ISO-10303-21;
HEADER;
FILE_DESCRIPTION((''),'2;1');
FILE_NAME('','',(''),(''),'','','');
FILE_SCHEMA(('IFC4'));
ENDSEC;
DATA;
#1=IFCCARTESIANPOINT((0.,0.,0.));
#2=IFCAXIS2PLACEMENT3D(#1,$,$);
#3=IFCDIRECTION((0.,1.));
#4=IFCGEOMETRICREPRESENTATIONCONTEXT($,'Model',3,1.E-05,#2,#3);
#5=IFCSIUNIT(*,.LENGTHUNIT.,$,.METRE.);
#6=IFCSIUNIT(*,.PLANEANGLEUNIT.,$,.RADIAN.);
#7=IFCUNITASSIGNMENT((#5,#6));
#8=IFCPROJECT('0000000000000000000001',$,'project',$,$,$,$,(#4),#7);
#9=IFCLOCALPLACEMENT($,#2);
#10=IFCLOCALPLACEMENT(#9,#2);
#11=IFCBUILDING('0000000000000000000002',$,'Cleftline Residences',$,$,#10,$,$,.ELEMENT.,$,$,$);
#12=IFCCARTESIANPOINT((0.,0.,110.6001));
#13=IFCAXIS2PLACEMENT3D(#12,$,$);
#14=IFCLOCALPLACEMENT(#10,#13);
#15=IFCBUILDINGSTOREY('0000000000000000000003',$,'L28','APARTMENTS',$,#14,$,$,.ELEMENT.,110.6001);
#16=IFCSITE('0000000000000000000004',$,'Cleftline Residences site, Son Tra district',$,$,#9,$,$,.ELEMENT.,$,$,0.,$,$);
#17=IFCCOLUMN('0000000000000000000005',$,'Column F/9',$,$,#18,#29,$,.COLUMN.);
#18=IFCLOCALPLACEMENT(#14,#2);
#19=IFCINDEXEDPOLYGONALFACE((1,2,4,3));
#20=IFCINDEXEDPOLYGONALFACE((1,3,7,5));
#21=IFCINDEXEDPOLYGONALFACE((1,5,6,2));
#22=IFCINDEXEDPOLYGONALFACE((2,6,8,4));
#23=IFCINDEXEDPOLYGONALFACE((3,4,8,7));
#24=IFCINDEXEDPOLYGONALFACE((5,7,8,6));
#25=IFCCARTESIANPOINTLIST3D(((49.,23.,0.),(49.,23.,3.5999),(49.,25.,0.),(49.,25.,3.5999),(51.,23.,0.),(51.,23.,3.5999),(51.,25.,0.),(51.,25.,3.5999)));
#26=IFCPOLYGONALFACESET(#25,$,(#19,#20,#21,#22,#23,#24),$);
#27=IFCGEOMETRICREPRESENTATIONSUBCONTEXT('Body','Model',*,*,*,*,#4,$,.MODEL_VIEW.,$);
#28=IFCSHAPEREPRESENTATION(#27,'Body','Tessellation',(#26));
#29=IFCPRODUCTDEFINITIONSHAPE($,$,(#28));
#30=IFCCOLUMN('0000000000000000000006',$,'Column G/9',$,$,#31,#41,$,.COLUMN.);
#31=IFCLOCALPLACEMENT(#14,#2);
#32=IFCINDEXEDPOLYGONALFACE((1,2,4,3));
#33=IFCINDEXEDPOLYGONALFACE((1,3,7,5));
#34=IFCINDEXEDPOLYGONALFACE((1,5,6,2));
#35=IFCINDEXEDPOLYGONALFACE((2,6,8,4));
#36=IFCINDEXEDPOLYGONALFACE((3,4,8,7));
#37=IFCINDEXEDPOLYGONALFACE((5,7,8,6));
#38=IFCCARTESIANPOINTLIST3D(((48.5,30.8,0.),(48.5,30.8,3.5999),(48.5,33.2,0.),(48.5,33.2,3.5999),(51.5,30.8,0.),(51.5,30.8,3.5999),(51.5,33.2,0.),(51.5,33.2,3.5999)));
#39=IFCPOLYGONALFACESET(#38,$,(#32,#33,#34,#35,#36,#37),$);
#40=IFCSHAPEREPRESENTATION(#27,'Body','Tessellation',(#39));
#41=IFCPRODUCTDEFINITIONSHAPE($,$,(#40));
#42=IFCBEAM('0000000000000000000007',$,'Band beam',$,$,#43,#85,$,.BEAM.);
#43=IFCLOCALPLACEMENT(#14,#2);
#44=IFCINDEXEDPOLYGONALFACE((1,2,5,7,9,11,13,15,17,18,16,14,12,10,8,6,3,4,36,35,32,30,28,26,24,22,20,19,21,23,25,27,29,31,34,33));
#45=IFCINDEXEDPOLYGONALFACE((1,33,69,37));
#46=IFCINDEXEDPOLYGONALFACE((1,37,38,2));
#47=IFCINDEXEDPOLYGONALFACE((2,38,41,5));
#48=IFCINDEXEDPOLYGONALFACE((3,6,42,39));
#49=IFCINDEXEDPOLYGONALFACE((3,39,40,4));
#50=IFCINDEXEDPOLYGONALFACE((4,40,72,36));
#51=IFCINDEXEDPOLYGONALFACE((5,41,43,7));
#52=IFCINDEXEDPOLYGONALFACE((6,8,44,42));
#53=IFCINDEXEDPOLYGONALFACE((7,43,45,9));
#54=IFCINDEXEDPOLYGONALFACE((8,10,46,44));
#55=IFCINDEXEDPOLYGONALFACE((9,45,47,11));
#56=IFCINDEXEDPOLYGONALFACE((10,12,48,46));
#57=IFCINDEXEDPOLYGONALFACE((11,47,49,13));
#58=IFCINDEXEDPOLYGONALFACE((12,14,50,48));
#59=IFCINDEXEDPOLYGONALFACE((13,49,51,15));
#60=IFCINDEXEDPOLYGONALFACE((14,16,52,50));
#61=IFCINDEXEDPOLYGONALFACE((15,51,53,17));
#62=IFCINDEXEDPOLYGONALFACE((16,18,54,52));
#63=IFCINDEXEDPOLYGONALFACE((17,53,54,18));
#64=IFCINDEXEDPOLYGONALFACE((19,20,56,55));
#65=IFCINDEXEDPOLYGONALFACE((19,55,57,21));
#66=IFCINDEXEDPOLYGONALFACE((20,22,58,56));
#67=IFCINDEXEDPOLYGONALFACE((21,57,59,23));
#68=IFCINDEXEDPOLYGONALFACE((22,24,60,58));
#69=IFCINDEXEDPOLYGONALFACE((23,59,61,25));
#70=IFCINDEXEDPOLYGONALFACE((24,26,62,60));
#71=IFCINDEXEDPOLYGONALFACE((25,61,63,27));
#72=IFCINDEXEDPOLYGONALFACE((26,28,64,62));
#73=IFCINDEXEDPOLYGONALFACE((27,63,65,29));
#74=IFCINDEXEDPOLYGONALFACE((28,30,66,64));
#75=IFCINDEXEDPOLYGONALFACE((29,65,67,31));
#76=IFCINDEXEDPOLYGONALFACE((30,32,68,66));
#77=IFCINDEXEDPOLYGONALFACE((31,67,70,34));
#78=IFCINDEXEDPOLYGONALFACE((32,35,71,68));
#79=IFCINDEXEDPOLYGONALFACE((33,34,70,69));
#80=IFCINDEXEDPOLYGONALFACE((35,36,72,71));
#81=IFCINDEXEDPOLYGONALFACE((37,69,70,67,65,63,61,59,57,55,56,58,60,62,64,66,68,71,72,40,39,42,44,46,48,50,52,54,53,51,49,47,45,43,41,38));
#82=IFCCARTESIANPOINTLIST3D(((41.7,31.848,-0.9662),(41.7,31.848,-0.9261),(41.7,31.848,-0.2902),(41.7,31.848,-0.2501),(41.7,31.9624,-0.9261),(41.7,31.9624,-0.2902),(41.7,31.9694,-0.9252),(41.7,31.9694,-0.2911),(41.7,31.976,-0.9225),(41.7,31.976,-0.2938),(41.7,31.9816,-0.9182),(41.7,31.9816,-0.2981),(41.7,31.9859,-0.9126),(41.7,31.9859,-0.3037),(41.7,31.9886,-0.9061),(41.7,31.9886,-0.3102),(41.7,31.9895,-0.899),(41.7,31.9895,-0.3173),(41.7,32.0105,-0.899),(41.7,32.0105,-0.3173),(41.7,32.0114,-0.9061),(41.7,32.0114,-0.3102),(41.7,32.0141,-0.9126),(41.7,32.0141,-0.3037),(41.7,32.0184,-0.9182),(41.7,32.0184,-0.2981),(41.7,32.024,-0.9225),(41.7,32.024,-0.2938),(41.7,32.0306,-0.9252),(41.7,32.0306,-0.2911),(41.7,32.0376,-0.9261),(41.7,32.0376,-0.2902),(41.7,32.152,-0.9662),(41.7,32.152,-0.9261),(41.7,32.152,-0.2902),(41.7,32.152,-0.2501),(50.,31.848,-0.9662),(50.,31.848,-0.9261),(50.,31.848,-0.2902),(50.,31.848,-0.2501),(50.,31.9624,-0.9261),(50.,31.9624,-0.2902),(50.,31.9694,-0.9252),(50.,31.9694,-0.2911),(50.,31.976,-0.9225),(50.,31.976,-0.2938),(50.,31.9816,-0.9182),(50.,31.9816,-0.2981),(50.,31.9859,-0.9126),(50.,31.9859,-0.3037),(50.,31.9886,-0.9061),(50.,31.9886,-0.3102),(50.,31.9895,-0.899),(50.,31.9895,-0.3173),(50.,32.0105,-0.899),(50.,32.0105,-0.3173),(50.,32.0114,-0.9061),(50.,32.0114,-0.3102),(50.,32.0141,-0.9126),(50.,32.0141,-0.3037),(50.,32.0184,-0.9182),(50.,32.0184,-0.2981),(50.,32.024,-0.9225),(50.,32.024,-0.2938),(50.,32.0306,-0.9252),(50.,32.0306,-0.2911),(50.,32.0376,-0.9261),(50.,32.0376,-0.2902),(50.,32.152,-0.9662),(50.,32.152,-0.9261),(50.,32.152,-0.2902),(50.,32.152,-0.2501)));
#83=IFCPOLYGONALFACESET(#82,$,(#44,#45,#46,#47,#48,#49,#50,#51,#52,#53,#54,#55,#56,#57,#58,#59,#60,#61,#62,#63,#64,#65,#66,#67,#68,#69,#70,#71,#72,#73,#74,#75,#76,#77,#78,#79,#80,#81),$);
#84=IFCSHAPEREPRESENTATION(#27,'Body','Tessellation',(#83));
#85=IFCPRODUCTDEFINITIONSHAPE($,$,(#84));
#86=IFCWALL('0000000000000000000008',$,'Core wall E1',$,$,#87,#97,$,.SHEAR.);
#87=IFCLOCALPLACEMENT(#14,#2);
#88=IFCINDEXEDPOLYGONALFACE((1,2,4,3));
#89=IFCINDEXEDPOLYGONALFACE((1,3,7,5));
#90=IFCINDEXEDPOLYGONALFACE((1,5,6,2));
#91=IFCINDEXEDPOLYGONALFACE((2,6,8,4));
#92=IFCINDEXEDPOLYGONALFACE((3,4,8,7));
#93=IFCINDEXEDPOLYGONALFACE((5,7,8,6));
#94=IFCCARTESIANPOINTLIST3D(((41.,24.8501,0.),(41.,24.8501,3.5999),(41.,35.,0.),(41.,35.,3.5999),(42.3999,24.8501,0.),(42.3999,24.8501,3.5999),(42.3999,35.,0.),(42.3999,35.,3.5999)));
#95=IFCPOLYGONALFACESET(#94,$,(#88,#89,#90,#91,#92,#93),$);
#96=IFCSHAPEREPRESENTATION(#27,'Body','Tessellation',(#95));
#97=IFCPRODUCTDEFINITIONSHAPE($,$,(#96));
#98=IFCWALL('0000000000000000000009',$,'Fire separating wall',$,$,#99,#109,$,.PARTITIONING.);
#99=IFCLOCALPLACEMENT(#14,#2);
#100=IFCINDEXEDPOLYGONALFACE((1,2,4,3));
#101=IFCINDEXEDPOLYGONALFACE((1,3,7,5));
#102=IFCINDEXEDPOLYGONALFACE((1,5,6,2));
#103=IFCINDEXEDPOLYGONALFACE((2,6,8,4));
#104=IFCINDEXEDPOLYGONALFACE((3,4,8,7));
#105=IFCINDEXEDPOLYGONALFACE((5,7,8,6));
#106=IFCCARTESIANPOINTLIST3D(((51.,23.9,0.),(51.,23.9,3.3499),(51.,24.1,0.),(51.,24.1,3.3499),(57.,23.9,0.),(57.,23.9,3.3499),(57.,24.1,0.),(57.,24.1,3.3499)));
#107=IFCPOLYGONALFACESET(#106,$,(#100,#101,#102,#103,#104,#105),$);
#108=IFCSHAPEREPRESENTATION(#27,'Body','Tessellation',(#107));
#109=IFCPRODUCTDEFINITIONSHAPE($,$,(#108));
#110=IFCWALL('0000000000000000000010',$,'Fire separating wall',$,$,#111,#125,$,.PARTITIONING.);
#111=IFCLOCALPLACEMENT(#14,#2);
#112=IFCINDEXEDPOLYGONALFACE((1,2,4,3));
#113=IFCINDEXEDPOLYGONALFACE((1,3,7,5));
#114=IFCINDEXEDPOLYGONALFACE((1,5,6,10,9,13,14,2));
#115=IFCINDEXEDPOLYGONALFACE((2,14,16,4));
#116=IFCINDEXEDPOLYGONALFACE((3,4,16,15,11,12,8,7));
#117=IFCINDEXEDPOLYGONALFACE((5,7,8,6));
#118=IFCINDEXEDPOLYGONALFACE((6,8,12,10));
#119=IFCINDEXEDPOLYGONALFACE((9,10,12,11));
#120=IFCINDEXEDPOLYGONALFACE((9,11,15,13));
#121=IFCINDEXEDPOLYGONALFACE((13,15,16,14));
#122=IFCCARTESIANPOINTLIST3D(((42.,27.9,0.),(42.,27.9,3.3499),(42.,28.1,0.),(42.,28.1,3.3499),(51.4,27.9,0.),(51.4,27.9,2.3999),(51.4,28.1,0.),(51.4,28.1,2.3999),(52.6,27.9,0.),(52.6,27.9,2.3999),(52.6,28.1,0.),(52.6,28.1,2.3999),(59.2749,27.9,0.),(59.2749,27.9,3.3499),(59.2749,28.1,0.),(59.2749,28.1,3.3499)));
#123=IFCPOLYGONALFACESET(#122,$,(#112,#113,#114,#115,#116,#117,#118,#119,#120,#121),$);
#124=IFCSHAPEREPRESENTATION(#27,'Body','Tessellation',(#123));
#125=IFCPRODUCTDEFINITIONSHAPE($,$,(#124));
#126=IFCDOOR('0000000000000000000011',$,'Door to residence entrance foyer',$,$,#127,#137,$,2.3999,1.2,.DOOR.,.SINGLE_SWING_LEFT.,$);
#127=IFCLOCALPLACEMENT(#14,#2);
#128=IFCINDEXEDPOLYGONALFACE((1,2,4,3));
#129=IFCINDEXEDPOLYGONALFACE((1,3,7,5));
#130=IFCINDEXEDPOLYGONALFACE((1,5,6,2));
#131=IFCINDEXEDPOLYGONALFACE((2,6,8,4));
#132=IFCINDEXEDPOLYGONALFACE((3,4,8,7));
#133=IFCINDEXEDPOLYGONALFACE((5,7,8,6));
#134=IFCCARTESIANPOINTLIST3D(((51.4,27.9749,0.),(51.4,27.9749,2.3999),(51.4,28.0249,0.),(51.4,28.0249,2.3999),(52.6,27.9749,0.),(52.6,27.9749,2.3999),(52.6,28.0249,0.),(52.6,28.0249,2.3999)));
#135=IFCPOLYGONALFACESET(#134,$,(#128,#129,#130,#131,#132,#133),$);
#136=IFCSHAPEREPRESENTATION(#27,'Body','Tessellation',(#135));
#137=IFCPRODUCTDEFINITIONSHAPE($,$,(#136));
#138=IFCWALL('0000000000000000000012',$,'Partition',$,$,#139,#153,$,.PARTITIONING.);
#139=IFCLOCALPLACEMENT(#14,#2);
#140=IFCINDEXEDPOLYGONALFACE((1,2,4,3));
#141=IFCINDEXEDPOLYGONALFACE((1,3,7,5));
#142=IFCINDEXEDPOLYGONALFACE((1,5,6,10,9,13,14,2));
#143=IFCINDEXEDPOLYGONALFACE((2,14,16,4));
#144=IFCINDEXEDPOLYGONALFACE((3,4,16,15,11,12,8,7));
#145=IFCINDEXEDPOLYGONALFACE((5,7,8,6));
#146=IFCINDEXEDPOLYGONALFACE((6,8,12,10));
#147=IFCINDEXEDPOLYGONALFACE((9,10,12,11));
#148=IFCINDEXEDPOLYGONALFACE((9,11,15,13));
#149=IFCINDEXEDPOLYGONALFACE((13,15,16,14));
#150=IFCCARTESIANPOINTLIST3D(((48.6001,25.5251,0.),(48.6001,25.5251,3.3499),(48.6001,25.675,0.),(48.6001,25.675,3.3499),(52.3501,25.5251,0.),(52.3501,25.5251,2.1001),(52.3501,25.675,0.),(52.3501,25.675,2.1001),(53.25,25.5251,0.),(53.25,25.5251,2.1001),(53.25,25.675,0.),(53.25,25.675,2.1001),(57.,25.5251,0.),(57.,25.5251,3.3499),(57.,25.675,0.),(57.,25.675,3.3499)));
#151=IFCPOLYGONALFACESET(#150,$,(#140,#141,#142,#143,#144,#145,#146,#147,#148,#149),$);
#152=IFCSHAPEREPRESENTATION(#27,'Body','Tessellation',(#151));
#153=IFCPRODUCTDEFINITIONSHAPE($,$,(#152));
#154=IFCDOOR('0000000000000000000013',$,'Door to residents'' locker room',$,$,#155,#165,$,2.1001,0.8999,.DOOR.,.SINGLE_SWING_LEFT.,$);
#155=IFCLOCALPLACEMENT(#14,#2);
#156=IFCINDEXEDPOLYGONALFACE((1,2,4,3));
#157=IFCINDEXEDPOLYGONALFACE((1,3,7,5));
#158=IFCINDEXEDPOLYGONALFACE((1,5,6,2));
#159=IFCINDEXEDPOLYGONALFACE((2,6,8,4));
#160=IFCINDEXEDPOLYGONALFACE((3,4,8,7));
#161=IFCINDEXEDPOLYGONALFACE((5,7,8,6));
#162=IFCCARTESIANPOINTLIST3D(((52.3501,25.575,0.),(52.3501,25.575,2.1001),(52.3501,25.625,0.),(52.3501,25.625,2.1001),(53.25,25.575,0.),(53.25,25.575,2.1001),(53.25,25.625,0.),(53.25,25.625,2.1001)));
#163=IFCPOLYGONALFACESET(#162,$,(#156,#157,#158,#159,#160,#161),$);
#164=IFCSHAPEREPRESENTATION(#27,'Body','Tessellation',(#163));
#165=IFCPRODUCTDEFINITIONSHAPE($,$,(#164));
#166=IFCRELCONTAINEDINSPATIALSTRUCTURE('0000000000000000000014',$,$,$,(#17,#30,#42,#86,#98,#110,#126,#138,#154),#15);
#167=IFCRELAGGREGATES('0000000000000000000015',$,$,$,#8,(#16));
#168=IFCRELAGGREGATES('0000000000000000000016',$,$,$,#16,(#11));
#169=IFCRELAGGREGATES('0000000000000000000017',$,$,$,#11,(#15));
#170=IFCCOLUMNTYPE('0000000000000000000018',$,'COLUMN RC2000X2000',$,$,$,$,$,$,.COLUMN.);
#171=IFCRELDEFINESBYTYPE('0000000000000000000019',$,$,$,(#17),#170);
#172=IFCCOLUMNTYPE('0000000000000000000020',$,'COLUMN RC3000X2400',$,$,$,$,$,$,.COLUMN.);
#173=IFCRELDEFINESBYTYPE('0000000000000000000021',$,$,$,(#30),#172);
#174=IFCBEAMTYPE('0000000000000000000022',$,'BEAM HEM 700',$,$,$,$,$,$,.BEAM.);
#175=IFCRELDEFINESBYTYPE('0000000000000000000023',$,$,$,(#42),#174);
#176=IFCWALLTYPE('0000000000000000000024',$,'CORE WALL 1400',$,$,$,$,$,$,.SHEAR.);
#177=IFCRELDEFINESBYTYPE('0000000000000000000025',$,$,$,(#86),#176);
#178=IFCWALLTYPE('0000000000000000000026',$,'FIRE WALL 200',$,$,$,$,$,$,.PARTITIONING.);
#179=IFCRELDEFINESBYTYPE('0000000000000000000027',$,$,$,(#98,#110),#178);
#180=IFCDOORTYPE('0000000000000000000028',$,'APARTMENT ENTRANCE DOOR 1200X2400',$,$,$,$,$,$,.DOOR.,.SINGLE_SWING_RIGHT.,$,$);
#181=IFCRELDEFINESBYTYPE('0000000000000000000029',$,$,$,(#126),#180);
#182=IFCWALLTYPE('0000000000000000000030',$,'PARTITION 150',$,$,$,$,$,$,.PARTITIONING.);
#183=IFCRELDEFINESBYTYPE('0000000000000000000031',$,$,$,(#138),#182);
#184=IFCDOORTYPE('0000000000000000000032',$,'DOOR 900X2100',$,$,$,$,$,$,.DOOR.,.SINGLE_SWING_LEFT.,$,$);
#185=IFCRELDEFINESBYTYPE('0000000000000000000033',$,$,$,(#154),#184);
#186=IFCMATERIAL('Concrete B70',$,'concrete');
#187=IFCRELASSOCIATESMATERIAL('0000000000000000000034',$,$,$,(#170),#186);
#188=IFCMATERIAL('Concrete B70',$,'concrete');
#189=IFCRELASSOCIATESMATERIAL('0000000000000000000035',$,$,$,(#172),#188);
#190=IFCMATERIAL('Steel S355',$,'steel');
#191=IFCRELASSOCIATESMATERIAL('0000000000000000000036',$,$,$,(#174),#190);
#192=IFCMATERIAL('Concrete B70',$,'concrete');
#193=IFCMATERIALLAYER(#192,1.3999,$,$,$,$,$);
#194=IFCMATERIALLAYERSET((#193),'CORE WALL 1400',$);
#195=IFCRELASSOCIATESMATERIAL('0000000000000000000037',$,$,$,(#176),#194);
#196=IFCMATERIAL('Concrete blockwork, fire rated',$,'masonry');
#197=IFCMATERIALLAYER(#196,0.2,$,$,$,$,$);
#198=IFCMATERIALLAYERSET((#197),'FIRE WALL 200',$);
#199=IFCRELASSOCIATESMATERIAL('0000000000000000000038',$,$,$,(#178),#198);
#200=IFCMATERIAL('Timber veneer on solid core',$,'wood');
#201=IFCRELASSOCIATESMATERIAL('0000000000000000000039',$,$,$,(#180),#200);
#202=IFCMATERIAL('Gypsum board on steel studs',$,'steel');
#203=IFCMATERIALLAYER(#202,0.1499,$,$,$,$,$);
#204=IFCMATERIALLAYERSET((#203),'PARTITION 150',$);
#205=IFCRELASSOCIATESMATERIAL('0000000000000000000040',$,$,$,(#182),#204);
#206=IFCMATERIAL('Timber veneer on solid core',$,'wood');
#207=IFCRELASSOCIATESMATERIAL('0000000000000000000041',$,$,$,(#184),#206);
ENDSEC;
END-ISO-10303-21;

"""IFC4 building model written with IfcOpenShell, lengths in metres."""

from ifc_helpers import new_model, si_unit, direction, frame, frame_2d, origin, origin_2d, place, context, subcontext, project, spatial, rectangle, i_section, extrude, material, layer, layer_set, material_profile, profile_set, type_object, element, fill, save


model = new_model("IFC4")

# Units and contexts
model_context = context("Model", 3, precision=1e-05, world=origin(), true_north=direction((0.0, 1.0)))
body_context = subcontext(model_context, "Body", "Model", "MODEL_VIEW")
ifc_project = project(units=[si_unit("LENGTHUNIT", "METRE"), si_unit("PLANEANGLEUNIT", "RADIAN")], contexts=[model_context])

# Site, building, storey
site_placement = place(None, origin())
site = spatial("IfcSite", under=ifc_project, at=site_placement, Name="Cleftline Residences site, Son Tra district", CompositionType="ELEMENT", RefElevation=0.0)
building_placement = place(site_placement, origin())
building = spatial("IfcBuilding", under=site, at=building_placement, Name="Cleftline Residences", CompositionType="ELEMENT")
storey_placement = place(building_placement, frame((0.0, 0.0, 110.6001)))
storey = spatial("IfcBuildingStorey", under=building, at=storey_placement, Name="L28", Description="APARTMENTS", CompositionType="ELEMENT", Elevation=110.6001)

# Columns
ifc_material_1 = material(Name="Concrete B70", Category="concrete")
ifc_material_profile_1 = material_profile(ifc_material_1, rectangle(XDim=2.0, YDim=2.0, at=origin_2d()))
ifc_profile_set_1 = profile_set([ifc_material_profile_1], Name="Concrete B70")
column_type_1 = type_object("IfcColumnType", Name="COLUMN RC2000X2000", PredefinedType="COLUMN", material=ifc_profile_set_1)
column_1_placement = place(storey_placement, frame((50.0, 24.0, 0.0), z_axis=(0.0, 0.0, 1.0), x_axis=(1.0, 0.0, 0.0)))
element("IfcColumn", 1, at=column_1_placement, inside=storey, type_object=column_type_1, Name="Column F/9", PredefinedType="COLUMN", context=body_context, shape_type="SweptSolid", body=[
    extrude(rectangle(XDim=2.0, YDim=2.0, at=origin_2d()), origin(), (0.0, 0.0, 1.0), 3.5999),
])
ifc_material_2 = material(Name="Concrete B70", Category="concrete")
ifc_material_profile_2 = material_profile(ifc_material_2, rectangle(XDim=3.0, YDim=2.3999, at=origin_2d()))
ifc_profile_set_2 = profile_set([ifc_material_profile_2], Name="Concrete B70")
column_type_2 = type_object("IfcColumnType", Name="COLUMN RC3000X2400", PredefinedType="COLUMN", material=ifc_profile_set_2)
column_2_placement = place(storey_placement, frame((50.0, 32.0, 0.0), z_axis=(0.0, 0.0, 1.0), x_axis=(1.0, 0.0, 0.0)))
element("IfcColumn", 2, at=column_2_placement, inside=storey, type_object=column_type_2, Name="Column G/9", PredefinedType="COLUMN", context=body_context, shape_type="SweptSolid", body=[
    extrude(rectangle(XDim=3.0, YDim=2.3999, at=origin_2d()), origin(), (0.0, 0.0, 1.0), 3.5999),
])

# Beam
ifc_material_3 = material(Name="Steel S355", Category="steel")
ifc_material_profile_3 = material_profile(ifc_material_3, i_section(OverallWidth=0.304, OverallDepth=0.7161, WebThickness=0.021, FlangeThickness=0.04, FilletRadius=0.0271, at=origin_2d()))
ifc_profile_set_3 = profile_set([ifc_material_profile_3], Name="Steel S355")
beam_type = type_object("IfcBeamType", Name="BEAM HEM 700", PredefinedType="BEAM", material=ifc_profile_set_3)
beam_placement = place(storey_placement, frame((50.0, 32.0, -0.6082), z_axis=(-1.0, 0.0, 0.0), x_axis=(0.0, -1.0, 0.0)))
element("IfcBeam", 3, at=beam_placement, inside=storey, type_object=beam_type, Name="Band beam", PredefinedType="BEAM", context=body_context, shape_type="SweptSolid", body=[
    extrude(i_section(OverallWidth=0.304, OverallDepth=0.7161, WebThickness=0.021, FlangeThickness=0.04, FilletRadius=0.0271, at=origin_2d()), origin(), (0.0, 0.0, 1.0), 8.3),
])

# Walls
ifc_material_4 = material(Name="Concrete B70", Category="concrete")
ifc_layer_1 = layer(ifc_material_4, 1.3999)
ifc_layer_set_1 = layer_set([ifc_layer_1], Name="CORE WALL 1400")
wall_type_1 = type_object("IfcWallType", Name="CORE WALL 1400", PredefinedType="SHEAR", material=ifc_layer_set_1)
wall_1_placement = place(storey_placement, frame((41.7, 24.8501, 0.0), z_axis=(0.0, 0.0, 1.0), x_axis=(0.0, 1.0, 0.0)))
element("IfcWall", 4, at=wall_1_placement, inside=storey, type_object=wall_type_1, Name="Core wall E1", PredefinedType="SHEAR", context=body_context, shape_type="SweptSolid", body=[
    extrude(rectangle(XDim=10.1499, YDim=1.3999, at=frame_2d((5.075, 0.0))), origin(), (0.0, 0.0, 1.0), 3.5999),
])
ifc_material_5 = material(Name="Concrete blockwork, fire rated", Category="masonry")
ifc_layer_2 = layer(ifc_material_5, 0.2)
ifc_layer_set_2 = layer_set([ifc_layer_2], Name="FIRE WALL 200")
wall_type_2 = type_object("IfcWallType", Name="FIRE WALL 200", PredefinedType="PARTITIONING", material=ifc_layer_set_2)
wall_2_placement = place(storey_placement, frame((51.0, 24.0, 0.0), z_axis=(0.0, 0.0, 1.0), x_axis=(1.0, 0.0, 0.0)))
element("IfcWall", 5, at=wall_2_placement, inside=storey, type_object=wall_type_2, Name="Fire separating wall", PredefinedType="PARTITIONING", context=body_context, shape_type="SweptSolid", body=[
    extrude(rectangle(XDim=6.0, YDim=0.2, at=frame_2d((3.0, 0.0))), origin(), (0.0, 0.0, 1.0), 3.3499),
])

# Walls, openings, doors
wall_3_placement = place(storey_placement, frame((42.0, 28.0, 0.0), z_axis=(0.0, 0.0, 1.0), x_axis=(1.0, 0.0, 0.0)))
wall_3 = element("IfcWall", 6, at=wall_3_placement, inside=storey, type_object=wall_type_2, Name="Fire separating wall", PredefinedType="PARTITIONING", context=body_context, shape_type="SweptSolid", body=[
    extrude(rectangle(XDim=17.2749, YDim=0.2, at=frame_2d((8.6375, 0.0))), origin(), (0.0, 0.0, 1.0), 3.3499),
])
opening_1_placement = place(wall_3_placement, frame((9.3999, 0.0, 0.0)))
opening_1 = element("IfcOpeningElement", 7, at=opening_1_placement, cuts=wall_3, PredefinedType="OPENING", context=body_context, shape_type="SweptSolid", body=[
    extrude(rectangle(XDim=1.2, YDim=2.3999, at=frame_2d((0.6001, 1.2))), frame((0.0, 0.1099, 0.0), z_axis=(0.0, -1.0, 0.0), x_axis=(1.0, 0.0, 0.0)), (0.0, 0.0, 1.0), 0.22),
])
ifc_material_6 = material(Name="Timber veneer on solid core", Category="wood")
door_type_1 = type_object("IfcDoorType", Name="APARTMENT ENTRANCE DOOR 1200X2400", OperationType="SINGLE_SWING_RIGHT", PredefinedType="DOOR", material=ifc_material_6)
door_1_placement = place(opening_1_placement, origin())
door_1 = element("IfcDoor", 8, at=door_1_placement, inside=storey, type_object=door_type_1, Name="Door to residence entrance foyer", OperationType="SINGLE_SWING_LEFT", OverallHeight=2.3999, OverallWidth=1.2, PredefinedType="DOOR", context=body_context, shape_type="SweptSolid", body=[
    extrude(rectangle(XDim=1.2, YDim=2.3999, at=frame_2d((0.6001, 1.2))), frame((0.0, 0.0249, 0.0), z_axis=(0.0, -1.0, 0.0), x_axis=(1.0, 0.0, 0.0)), (0.0, 0.0, 1.0), 0.05),
])
fill(opening_1, door_1)
ifc_material_7 = material(Name="Gypsum board on steel studs", Category="steel")
ifc_layer_3 = layer(ifc_material_7, 0.1499)
ifc_layer_set_3 = layer_set([ifc_layer_3], Name="PARTITION 150")
wall_type_3 = type_object("IfcWallType", Name="PARTITION 150", PredefinedType="PARTITIONING", material=ifc_layer_set_3)
wall_4_placement = place(storey_placement, frame((48.6001, 25.6001, 0.0), z_axis=(0.0, 0.0, 1.0), x_axis=(1.0, 0.0, 0.0)))
wall_4 = element("IfcWall", 9, at=wall_4_placement, inside=storey, type_object=wall_type_3, Name="Partition", PredefinedType="PARTITIONING", context=body_context, shape_type="SweptSolid", body=[
    extrude(rectangle(XDim=8.3999, YDim=0.1499, at=frame_2d((4.2, 0.0))), origin(), (0.0, 0.0, 1.0), 3.3499),
])
opening_2_placement = place(wall_4_placement, frame((3.75, 0.0, 0.0)))
opening_2 = element("IfcOpeningElement", 10, at=opening_2_placement, cuts=wall_4, PredefinedType="OPENING", context=body_context, shape_type="SweptSolid", body=[
    extrude(rectangle(XDim=0.8999, YDim=2.1001, at=frame_2d((0.45, 1.05))), frame((0.0, 0.085, 0.0), z_axis=(0.0, -1.0, 0.0), x_axis=(1.0, 0.0, 0.0)), (0.0, 0.0, 1.0), 0.1699),
])
ifc_material_8 = material(Name="Timber veneer on solid core", Category="wood")
door_type_2 = type_object("IfcDoorType", Name="DOOR 900X2100", OperationType="SINGLE_SWING_LEFT", PredefinedType="DOOR", material=ifc_material_8)
door_2_placement = place(opening_2_placement, origin())
door_2 = element("IfcDoor", 11, at=door_2_placement, inside=storey, type_object=door_type_2, Name="Door to residents' locker room", OperationType="SINGLE_SWING_LEFT", OverallHeight=2.1001, OverallWidth=0.8999, PredefinedType="DOOR", context=body_context, shape_type="SweptSolid", body=[
    extrude(rectangle(XDim=0.8999, YDim=2.1001, at=frame_2d((0.45, 1.05))), frame((0.0, 0.0249, 0.0), z_axis=(0.0, -1.0, 0.0), x_axis=(1.0, 0.0, 0.0)), (0.0, 0.0, 1.0), 0.05),
])
fill(opening_2, door_2)

save(model, "model.ifc")
